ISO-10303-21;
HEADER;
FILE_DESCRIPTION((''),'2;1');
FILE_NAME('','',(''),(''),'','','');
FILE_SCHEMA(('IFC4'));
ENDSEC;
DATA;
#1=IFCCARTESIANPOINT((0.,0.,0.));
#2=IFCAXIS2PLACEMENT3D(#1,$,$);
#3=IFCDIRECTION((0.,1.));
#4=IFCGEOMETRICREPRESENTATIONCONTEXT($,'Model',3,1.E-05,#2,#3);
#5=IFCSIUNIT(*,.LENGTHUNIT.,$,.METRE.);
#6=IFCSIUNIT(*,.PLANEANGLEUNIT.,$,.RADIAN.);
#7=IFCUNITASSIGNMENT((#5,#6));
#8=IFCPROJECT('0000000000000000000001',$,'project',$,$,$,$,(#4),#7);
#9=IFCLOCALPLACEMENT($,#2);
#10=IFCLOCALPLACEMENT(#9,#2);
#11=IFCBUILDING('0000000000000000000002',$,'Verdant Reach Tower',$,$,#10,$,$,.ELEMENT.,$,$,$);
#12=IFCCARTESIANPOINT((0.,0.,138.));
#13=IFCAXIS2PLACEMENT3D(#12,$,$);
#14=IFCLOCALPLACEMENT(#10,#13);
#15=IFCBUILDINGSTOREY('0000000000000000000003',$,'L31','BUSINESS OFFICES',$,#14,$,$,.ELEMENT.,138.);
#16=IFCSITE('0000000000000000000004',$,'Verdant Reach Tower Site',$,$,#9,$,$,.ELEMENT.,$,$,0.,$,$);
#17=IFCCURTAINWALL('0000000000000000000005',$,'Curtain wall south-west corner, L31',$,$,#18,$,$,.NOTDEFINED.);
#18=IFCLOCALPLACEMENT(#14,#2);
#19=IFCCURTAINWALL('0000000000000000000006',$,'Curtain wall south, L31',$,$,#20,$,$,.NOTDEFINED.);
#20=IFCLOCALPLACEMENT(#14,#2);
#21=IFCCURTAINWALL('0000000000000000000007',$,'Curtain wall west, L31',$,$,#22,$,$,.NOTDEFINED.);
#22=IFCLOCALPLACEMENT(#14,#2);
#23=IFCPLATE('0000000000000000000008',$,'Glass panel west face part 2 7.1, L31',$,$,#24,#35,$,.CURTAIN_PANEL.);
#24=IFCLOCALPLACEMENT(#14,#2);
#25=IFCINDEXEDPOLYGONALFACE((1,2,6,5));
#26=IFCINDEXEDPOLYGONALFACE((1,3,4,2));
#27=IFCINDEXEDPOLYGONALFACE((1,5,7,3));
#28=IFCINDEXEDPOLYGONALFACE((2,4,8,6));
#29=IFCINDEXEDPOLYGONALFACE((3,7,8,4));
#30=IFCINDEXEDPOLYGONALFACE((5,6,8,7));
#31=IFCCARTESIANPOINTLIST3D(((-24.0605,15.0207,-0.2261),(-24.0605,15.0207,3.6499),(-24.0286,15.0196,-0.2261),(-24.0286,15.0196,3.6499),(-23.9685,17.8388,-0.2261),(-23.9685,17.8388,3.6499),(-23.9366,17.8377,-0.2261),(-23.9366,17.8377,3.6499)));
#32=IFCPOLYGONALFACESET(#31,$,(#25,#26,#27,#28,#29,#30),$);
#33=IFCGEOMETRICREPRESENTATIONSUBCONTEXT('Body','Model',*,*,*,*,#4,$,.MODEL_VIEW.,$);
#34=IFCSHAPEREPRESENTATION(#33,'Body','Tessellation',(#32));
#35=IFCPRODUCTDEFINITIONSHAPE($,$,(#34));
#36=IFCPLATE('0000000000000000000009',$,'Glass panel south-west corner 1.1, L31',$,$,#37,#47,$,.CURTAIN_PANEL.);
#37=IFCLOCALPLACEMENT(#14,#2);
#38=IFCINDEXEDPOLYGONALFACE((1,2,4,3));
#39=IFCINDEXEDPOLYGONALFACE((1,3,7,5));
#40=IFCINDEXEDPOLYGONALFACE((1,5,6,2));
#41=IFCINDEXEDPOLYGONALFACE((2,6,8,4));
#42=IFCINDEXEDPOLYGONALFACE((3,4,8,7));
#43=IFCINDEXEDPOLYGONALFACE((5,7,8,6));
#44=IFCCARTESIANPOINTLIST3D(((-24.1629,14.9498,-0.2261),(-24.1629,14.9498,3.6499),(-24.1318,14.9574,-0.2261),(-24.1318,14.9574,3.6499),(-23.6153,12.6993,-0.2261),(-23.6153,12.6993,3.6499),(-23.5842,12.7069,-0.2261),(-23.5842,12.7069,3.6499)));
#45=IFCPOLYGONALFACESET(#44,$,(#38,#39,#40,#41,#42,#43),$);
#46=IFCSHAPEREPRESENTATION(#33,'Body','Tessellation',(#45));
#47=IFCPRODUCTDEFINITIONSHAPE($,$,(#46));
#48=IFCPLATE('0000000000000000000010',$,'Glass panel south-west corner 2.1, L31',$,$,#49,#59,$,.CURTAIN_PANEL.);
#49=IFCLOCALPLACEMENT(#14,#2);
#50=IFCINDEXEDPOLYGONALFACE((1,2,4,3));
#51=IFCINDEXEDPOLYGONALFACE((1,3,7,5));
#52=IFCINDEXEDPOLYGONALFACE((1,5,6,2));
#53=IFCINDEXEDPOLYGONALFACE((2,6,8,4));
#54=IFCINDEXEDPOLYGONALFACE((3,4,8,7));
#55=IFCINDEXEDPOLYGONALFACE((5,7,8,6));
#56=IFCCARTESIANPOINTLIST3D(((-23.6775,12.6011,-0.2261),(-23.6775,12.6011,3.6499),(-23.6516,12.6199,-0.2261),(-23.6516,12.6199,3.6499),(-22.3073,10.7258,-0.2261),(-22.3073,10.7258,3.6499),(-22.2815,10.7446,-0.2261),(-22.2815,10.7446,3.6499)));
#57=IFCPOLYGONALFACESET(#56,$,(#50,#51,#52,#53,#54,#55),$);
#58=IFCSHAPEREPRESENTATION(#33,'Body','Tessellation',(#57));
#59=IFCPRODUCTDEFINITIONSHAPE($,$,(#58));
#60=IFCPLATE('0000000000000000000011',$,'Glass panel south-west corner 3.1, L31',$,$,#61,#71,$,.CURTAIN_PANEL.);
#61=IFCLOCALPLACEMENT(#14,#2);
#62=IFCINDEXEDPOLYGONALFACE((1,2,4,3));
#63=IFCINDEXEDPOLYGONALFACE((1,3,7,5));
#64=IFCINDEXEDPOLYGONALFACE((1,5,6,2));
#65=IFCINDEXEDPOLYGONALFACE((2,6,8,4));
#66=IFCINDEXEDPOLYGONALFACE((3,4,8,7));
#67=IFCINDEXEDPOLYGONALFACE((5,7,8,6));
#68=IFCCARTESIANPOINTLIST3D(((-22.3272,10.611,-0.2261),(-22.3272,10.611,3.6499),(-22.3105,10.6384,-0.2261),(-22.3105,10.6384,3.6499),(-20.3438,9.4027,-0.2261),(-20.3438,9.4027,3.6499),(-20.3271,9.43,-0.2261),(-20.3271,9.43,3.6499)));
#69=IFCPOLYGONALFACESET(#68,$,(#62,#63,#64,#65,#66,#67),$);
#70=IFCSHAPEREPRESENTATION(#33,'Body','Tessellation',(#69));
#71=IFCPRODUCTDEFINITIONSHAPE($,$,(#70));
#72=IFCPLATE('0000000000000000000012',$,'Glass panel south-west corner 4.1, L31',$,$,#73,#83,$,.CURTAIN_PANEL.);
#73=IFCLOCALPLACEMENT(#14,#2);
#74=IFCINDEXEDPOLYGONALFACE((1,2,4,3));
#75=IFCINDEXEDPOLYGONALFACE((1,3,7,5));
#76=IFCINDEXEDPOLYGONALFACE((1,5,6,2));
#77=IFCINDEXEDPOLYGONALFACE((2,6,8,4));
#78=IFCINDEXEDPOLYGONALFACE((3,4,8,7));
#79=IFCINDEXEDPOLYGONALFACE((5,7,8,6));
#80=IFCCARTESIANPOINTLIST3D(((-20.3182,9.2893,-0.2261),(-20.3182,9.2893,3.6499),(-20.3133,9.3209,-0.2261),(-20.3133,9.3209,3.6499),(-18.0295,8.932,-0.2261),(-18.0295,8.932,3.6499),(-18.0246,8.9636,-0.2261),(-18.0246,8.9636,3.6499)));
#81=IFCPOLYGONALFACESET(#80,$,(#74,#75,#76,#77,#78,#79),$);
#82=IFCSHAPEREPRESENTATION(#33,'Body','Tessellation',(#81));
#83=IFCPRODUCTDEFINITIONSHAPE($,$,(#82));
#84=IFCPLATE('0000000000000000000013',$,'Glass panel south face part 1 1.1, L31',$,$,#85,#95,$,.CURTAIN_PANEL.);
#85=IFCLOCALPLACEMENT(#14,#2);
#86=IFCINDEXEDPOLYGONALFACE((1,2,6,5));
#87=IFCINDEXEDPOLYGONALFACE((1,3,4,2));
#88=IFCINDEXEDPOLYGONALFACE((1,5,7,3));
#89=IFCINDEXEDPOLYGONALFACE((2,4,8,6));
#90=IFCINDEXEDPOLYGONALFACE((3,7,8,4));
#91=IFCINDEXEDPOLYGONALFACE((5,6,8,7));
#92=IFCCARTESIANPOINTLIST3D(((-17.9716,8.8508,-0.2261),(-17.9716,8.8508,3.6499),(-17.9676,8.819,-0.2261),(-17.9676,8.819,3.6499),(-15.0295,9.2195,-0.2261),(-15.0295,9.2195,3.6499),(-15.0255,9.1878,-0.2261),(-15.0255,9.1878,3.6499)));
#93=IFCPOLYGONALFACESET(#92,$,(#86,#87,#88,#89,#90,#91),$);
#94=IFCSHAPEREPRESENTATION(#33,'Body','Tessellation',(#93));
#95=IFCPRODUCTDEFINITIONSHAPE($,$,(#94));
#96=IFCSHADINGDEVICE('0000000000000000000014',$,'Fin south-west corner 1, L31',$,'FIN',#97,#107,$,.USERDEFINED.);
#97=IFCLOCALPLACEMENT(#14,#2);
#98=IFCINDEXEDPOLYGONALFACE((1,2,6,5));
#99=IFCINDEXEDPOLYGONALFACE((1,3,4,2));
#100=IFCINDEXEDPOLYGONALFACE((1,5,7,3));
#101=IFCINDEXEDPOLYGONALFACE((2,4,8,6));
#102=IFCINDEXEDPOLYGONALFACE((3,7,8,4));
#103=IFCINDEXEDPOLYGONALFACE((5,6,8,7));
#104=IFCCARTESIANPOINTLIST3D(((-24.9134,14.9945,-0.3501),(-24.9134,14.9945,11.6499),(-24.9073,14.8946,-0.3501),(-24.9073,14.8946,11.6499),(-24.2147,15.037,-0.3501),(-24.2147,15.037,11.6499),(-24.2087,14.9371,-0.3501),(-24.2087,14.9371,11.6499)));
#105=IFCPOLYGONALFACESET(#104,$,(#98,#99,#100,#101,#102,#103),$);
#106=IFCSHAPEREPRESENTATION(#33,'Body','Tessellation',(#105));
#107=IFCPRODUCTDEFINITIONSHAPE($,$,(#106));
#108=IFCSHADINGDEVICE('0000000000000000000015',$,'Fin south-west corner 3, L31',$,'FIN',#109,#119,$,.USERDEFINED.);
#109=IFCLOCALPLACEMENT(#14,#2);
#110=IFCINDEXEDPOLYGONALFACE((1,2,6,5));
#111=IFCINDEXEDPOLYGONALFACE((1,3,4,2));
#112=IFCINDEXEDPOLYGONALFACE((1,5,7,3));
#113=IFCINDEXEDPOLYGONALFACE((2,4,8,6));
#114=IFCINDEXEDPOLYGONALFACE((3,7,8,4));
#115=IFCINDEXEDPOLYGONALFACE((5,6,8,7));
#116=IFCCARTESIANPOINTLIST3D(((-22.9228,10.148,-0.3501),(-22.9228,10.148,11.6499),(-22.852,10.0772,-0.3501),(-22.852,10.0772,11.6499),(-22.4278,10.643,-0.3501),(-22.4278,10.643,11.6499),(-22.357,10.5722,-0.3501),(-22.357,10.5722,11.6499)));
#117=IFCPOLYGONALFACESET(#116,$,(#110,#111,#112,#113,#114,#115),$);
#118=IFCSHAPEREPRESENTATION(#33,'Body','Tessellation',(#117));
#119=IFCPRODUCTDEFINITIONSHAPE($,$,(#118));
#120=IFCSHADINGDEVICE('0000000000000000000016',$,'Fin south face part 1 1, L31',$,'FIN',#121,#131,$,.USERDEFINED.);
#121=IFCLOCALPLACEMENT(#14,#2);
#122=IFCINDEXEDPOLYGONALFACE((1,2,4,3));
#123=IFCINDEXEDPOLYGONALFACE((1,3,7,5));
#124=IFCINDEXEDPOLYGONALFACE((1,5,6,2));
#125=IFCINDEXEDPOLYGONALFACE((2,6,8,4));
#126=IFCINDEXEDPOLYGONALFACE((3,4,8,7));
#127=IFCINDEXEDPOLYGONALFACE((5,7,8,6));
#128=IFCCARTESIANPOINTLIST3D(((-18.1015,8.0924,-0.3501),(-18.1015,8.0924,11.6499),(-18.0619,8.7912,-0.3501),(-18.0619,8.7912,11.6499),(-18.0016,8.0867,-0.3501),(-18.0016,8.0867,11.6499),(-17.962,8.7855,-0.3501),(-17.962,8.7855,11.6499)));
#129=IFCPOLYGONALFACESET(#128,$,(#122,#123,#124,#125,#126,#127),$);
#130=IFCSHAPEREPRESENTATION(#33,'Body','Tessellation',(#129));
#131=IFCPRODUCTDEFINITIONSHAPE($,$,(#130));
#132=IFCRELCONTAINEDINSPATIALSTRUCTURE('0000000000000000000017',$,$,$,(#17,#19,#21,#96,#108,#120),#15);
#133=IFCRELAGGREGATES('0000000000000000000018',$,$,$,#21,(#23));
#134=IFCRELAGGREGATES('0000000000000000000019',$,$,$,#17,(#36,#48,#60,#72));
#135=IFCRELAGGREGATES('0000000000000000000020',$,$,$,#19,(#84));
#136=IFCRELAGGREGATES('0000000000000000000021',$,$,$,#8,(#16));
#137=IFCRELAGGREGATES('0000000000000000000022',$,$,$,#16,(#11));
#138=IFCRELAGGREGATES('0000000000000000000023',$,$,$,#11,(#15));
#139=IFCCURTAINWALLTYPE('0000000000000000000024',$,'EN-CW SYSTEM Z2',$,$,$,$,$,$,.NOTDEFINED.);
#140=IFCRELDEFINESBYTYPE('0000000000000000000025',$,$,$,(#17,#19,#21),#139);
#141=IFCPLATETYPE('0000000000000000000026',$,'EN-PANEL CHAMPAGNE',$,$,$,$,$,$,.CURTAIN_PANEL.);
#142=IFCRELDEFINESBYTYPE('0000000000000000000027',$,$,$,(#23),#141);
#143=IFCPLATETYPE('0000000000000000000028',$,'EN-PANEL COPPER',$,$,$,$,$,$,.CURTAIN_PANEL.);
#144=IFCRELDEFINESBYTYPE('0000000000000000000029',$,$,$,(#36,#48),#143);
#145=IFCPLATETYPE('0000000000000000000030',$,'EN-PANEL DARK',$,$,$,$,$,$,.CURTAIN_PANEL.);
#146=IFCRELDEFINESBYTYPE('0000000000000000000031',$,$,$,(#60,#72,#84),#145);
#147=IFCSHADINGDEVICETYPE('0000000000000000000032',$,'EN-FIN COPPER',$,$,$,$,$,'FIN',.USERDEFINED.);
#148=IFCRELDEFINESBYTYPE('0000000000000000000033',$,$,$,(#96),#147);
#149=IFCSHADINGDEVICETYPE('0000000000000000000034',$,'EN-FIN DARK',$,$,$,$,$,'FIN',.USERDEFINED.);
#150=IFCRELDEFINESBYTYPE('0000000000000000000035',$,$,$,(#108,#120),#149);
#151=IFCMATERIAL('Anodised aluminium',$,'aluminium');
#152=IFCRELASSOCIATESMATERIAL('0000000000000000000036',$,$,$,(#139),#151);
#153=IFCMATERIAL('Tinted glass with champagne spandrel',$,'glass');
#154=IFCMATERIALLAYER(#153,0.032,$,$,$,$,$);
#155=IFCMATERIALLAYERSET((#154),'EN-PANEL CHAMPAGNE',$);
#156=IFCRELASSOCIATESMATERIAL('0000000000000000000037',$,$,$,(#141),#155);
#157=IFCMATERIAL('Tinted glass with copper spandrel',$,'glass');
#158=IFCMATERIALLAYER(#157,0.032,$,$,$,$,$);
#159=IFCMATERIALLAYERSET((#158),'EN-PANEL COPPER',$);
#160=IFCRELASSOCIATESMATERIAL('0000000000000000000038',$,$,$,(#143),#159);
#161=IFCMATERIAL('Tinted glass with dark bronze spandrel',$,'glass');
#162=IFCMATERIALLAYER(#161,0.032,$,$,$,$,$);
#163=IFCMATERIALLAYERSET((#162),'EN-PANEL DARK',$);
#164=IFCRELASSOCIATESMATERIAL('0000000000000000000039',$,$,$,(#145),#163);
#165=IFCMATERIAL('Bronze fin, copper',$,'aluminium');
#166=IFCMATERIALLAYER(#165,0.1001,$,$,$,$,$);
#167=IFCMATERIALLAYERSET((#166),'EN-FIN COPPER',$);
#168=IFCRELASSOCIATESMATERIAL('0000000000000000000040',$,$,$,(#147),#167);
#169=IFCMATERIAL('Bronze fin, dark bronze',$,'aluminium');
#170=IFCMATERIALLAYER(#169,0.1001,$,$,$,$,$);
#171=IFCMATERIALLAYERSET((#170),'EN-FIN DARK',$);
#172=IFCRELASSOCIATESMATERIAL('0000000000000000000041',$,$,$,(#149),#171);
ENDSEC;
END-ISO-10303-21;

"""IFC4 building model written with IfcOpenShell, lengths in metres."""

from ifc_helpers import new_model, si_unit, direction, frame, origin, origin_2d, place, context, subcontext, project, spatial, rectangle, extrude, material, layer, layer_set, type_object, element, aggregate, save


model = new_model("IFC4")

# Units and contexts
model_context = context("Model", 3, precision=1e-05, world=origin(), true_north=direction((0.0, 1.0)))
body_context = subcontext(model_context, "Body", "Model", "MODEL_VIEW")
ifc_project = project(units=[si_unit("LENGTHUNIT", "METRE"), si_unit("PLANEANGLEUNIT", "RADIAN")], contexts=[model_context])

# Site, building, storey
site_placement = place(None, origin())
site = spatial("IfcSite", under=ifc_project, at=site_placement, Name="Verdant Reach Tower Site", CompositionType="ELEMENT", RefElevation=0.0)
building_placement = place(site_placement, origin())
building = spatial("IfcBuilding", under=site, at=building_placement, Name="Verdant Reach Tower", CompositionType="ELEMENT")
storey_placement = place(building_placement, frame((0.0, 0.0, 138.0)))
storey = spatial("IfcBuildingStorey", under=building, at=storey_placement, Name="L31", Description="BUSINESS OFFICES", CompositionType="ELEMENT", Elevation=138.0)

# Curtain walls
ifc_material_1 = material(Name="Anodised aluminium", Category="aluminium")
curtain_wall_type = type_object("IfcCurtainWallType", Name="EN-CW SYSTEM Z2", PredefinedType="NOTDEFINED", material=ifc_material_1)
curtain_wall_1_placement = place(storey_placement, origin())
curtain_wall_1 = element("IfcCurtainWall", 1, at=curtain_wall_1_placement, inside=storey, type_object=curtain_wall_type, Name="Curtain wall south-west corner, L31", PredefinedType="NOTDEFINED")
curtain_wall_2_placement = place(storey_placement, origin())
curtain_wall_2 = element("IfcCurtainWall", 2, at=curtain_wall_2_placement, inside=storey, type_object=curtain_wall_type, Name="Curtain wall south, L31", PredefinedType="NOTDEFINED")

# Curtain wall, plate
curtain_wall_3_placement = place(storey_placement, origin())
curtain_wall_3 = element("IfcCurtainWall", 3, at=curtain_wall_3_placement, inside=storey, type_object=curtain_wall_type, Name="Curtain wall west, L31", PredefinedType="NOTDEFINED")
ifc_material_2 = material(Name="Tinted glass with champagne spandrel", Category="glass")
ifc_layer_1 = layer(ifc_material_2, 0.032)
ifc_layer_set_1 = layer_set([ifc_layer_1], Name="EN-PANEL CHAMPAGNE")
plate_type_1 = type_object("IfcPlateType", Name="EN-PANEL CHAMPAGNE", PredefinedType="CURTAIN_PANEL", material=ifc_layer_set_1)
plate_1_placement = place(storey_placement, frame((-23.9985, 16.4292, -0.2261), z_axis=(0.0, 0.0, 1.0), x_axis=(-0.032628, -0.999468, 0.0)))
plate_1 = element("IfcPlate", 4, at=plate_1_placement, type_object=plate_type_1, Name="Glass panel west face part 2 7.1, L31", PredefinedType="CURTAIN_PANEL", context=body_context, shape_type="SweptSolid", body=[
    extrude(rectangle(XDim=2.8196, YDim=0.032, at=origin_2d()), origin(), (0.0, 0.0, 1.0), 3.876),
])
aggregate(curtain_wall_3, [plate_1])

# Plates
ifc_material_3 = material(Name="Tinted glass with copper spandrel", Category="glass")
ifc_layer_2 = layer(ifc_material_3, 0.032)
ifc_layer_set_2 = layer_set([ifc_layer_2], Name="EN-PANEL COPPER")
plate_type_2 = type_object("IfcPlateType", Name="EN-PANEL COPPER", PredefinedType="CURTAIN_PANEL", material=ifc_layer_set_2)
plate_2_placement = place(storey_placement, frame((-23.8735, 13.8284, -0.2261), z_axis=(0.0, 0.0, 1.0), x_axis=(0.236416, -0.971652, 0.0)))
plate_2 = element("IfcPlate", 5, at=plate_2_placement, type_object=plate_type_2, Name="Glass panel south-west corner 1.1, L31", PredefinedType="CURTAIN_PANEL", context=body_context, shape_type="SweptSolid", body=[
    extrude(rectangle(XDim=2.3162, YDim=0.032, at=origin_2d()), origin(), (0.0, 0.0, 1.0), 3.876),
])
plate_3_placement = place(storey_placement, frame((-22.9795, 11.6729, -0.2261), z_axis=(0.0, 0.0, 1.0), x_axis=(0.589927, -0.807457, 0.0)))
plate_3 = element("IfcPlate", 6, at=plate_3_placement, type_object=plate_type_2, Name="Glass panel south-west corner 2.1, L31", PredefinedType="CURTAIN_PANEL", context=body_context, shape_type="SweptSolid", body=[
    extrude(rectangle(XDim=2.3225, YDim=0.032, at=origin_2d()), origin(), (0.0, 0.0, 1.0), 3.876),
])
ifc_material_4 = material(Name="Tinted glass with dark bronze spandrel", Category="glass")
ifc_layer_3 = layer(ifc_material_4, 0.032)
ifc_layer_set_3 = layer_set([ifc_layer_3], Name="EN-PANEL DARK")
plate_type_3 = type_object("IfcPlateType", Name="EN-PANEL DARK", PredefinedType="CURTAIN_PANEL", material=ifc_layer_set_3)
plate_4_placement = place(storey_placement, frame((-21.3271, 10.0205, -0.2261), z_axis=(0.0, 0.0, 1.0), x_axis=(0.853989, -0.520292, 0.0)))
plate_4 = element("IfcPlate", 7, at=plate_4_placement, type_object=plate_type_3, Name="Glass panel south-west corner 3.1, L31", PredefinedType="CURTAIN_PANEL", context=body_context, shape_type="SweptSolid", body=[
    extrude(rectangle(XDim=2.3225, YDim=0.032, at=origin_2d()), origin(), (0.0, 0.0, 1.0), 3.876),
])
plate_5_placement = place(storey_placement, frame((-19.1714, 9.1265, -0.2261), z_axis=(0.0, 0.0, 1.0), x_axis=(0.988031, -0.154256, 0.0)))
plate_5 = element("IfcPlate", 8, at=plate_5_placement, type_object=plate_type_3, Name="Glass panel south-west corner 4.1, L31", PredefinedType="CURTAIN_PANEL", context=body_context, shape_type="SweptSolid", body=[
    extrude(rectangle(XDim=2.3164, YDim=0.032, at=origin_2d()), origin(), (0.0, 0.0, 1.0), 3.876),
])
aggregate(curtain_wall_1, [plate_2, plate_3, plate_4, plate_5])
plate_6_placement = place(storey_placement, frame((-16.4985, 9.0193, -0.2261), z_axis=(0.0, 0.0, 1.0), x_axis=(0.992237, 0.124365, 0.0)))
plate_6 = element("IfcPlate", 9, at=plate_6_placement, type_object=plate_type_3, Name="Glass panel south face part 1 1.1, L31", PredefinedType="CURTAIN_PANEL", context=body_context, shape_type="SweptSolid", body=[
    extrude(rectangle(XDim=2.9651, YDim=0.032, at=origin_2d()), origin(), (0.0, 0.0, 1.0), 3.876),
])
aggregate(curtain_wall_2, [plate_6])

# Shading devices
ifc_material_5 = material(Name="Bronze fin, copper", Category="aluminium")
ifc_layer_4 = layer(ifc_material_5, 0.1001)
ifc_layer_set_4 = layer_set([ifc_layer_4], Name="EN-FIN COPPER")
shading_device_type_1 = type_object("IfcShadingDeviceType", Name="EN-FIN COPPER", ElementType="FIN", PredefinedType="USERDEFINED", material=ifc_layer_set_4)
shading_device_placement = place(storey_placement, frame((-24.561, 14.9658, -0.3501), z_axis=(0.0, 0.0, 1.0), x_axis=(0.060703, -0.998156, 0.0)))
element("IfcShadingDevice", 10, at=shading_device_placement, inside=storey, type_object=shading_device_type_1, Name="Fin south-west corner 1, L31", ObjectType="FIN", PredefinedType="USERDEFINED", context=body_context, shape_type="SweptSolid", body=[
    extrude(rectangle(XDim=0.1001, YDim=0.7, at=origin_2d()), origin(), (0.0, 0.0, 1.0), 12.0),
])
ifc_material_6 = material(Name="Bronze fin, dark bronze", Category="aluminium")
ifc_layer_5 = layer(ifc_material_6, 0.1001)
ifc_layer_set_5 = layer_set([ifc_layer_5], Name="EN-FIN DARK")
shading_device_type_2 = type_object("IfcShadingDeviceType", Name="EN-FIN DARK", ElementType="FIN", PredefinedType="USERDEFINED", material=ifc_layer_set_5)
for number, where, z_axis, x_axis, name in (
    (11, (-22.6399, 10.3601, -0.3501), (0.0, 0.0, 1.0), (0.707107, -0.707107, 0.0), "Fin south-west corner 3, L31"),
    (12, (-18.0317, 8.439, -0.3501), (0.0, 0.0, 1.0), (0.998399, -0.056569, 0.0), "Fin south face part 1 1, L31"),
):
    element("IfcShadingDevice", number, at=place(storey_placement, frame(where, z_axis=z_axis, x_axis=x_axis)), inside=storey, type_object=shading_device_type_2, Name=name, ObjectType="FIN", PredefinedType="USERDEFINED", context=body_context, shape_type="SweptSolid", body=[
        extrude(rectangle(XDim=0.1001, YDim=0.7, at=origin_2d()), origin(), (0.0, 0.0, 1.0), 12.0),
    ])

save(model, "model.ifc")
